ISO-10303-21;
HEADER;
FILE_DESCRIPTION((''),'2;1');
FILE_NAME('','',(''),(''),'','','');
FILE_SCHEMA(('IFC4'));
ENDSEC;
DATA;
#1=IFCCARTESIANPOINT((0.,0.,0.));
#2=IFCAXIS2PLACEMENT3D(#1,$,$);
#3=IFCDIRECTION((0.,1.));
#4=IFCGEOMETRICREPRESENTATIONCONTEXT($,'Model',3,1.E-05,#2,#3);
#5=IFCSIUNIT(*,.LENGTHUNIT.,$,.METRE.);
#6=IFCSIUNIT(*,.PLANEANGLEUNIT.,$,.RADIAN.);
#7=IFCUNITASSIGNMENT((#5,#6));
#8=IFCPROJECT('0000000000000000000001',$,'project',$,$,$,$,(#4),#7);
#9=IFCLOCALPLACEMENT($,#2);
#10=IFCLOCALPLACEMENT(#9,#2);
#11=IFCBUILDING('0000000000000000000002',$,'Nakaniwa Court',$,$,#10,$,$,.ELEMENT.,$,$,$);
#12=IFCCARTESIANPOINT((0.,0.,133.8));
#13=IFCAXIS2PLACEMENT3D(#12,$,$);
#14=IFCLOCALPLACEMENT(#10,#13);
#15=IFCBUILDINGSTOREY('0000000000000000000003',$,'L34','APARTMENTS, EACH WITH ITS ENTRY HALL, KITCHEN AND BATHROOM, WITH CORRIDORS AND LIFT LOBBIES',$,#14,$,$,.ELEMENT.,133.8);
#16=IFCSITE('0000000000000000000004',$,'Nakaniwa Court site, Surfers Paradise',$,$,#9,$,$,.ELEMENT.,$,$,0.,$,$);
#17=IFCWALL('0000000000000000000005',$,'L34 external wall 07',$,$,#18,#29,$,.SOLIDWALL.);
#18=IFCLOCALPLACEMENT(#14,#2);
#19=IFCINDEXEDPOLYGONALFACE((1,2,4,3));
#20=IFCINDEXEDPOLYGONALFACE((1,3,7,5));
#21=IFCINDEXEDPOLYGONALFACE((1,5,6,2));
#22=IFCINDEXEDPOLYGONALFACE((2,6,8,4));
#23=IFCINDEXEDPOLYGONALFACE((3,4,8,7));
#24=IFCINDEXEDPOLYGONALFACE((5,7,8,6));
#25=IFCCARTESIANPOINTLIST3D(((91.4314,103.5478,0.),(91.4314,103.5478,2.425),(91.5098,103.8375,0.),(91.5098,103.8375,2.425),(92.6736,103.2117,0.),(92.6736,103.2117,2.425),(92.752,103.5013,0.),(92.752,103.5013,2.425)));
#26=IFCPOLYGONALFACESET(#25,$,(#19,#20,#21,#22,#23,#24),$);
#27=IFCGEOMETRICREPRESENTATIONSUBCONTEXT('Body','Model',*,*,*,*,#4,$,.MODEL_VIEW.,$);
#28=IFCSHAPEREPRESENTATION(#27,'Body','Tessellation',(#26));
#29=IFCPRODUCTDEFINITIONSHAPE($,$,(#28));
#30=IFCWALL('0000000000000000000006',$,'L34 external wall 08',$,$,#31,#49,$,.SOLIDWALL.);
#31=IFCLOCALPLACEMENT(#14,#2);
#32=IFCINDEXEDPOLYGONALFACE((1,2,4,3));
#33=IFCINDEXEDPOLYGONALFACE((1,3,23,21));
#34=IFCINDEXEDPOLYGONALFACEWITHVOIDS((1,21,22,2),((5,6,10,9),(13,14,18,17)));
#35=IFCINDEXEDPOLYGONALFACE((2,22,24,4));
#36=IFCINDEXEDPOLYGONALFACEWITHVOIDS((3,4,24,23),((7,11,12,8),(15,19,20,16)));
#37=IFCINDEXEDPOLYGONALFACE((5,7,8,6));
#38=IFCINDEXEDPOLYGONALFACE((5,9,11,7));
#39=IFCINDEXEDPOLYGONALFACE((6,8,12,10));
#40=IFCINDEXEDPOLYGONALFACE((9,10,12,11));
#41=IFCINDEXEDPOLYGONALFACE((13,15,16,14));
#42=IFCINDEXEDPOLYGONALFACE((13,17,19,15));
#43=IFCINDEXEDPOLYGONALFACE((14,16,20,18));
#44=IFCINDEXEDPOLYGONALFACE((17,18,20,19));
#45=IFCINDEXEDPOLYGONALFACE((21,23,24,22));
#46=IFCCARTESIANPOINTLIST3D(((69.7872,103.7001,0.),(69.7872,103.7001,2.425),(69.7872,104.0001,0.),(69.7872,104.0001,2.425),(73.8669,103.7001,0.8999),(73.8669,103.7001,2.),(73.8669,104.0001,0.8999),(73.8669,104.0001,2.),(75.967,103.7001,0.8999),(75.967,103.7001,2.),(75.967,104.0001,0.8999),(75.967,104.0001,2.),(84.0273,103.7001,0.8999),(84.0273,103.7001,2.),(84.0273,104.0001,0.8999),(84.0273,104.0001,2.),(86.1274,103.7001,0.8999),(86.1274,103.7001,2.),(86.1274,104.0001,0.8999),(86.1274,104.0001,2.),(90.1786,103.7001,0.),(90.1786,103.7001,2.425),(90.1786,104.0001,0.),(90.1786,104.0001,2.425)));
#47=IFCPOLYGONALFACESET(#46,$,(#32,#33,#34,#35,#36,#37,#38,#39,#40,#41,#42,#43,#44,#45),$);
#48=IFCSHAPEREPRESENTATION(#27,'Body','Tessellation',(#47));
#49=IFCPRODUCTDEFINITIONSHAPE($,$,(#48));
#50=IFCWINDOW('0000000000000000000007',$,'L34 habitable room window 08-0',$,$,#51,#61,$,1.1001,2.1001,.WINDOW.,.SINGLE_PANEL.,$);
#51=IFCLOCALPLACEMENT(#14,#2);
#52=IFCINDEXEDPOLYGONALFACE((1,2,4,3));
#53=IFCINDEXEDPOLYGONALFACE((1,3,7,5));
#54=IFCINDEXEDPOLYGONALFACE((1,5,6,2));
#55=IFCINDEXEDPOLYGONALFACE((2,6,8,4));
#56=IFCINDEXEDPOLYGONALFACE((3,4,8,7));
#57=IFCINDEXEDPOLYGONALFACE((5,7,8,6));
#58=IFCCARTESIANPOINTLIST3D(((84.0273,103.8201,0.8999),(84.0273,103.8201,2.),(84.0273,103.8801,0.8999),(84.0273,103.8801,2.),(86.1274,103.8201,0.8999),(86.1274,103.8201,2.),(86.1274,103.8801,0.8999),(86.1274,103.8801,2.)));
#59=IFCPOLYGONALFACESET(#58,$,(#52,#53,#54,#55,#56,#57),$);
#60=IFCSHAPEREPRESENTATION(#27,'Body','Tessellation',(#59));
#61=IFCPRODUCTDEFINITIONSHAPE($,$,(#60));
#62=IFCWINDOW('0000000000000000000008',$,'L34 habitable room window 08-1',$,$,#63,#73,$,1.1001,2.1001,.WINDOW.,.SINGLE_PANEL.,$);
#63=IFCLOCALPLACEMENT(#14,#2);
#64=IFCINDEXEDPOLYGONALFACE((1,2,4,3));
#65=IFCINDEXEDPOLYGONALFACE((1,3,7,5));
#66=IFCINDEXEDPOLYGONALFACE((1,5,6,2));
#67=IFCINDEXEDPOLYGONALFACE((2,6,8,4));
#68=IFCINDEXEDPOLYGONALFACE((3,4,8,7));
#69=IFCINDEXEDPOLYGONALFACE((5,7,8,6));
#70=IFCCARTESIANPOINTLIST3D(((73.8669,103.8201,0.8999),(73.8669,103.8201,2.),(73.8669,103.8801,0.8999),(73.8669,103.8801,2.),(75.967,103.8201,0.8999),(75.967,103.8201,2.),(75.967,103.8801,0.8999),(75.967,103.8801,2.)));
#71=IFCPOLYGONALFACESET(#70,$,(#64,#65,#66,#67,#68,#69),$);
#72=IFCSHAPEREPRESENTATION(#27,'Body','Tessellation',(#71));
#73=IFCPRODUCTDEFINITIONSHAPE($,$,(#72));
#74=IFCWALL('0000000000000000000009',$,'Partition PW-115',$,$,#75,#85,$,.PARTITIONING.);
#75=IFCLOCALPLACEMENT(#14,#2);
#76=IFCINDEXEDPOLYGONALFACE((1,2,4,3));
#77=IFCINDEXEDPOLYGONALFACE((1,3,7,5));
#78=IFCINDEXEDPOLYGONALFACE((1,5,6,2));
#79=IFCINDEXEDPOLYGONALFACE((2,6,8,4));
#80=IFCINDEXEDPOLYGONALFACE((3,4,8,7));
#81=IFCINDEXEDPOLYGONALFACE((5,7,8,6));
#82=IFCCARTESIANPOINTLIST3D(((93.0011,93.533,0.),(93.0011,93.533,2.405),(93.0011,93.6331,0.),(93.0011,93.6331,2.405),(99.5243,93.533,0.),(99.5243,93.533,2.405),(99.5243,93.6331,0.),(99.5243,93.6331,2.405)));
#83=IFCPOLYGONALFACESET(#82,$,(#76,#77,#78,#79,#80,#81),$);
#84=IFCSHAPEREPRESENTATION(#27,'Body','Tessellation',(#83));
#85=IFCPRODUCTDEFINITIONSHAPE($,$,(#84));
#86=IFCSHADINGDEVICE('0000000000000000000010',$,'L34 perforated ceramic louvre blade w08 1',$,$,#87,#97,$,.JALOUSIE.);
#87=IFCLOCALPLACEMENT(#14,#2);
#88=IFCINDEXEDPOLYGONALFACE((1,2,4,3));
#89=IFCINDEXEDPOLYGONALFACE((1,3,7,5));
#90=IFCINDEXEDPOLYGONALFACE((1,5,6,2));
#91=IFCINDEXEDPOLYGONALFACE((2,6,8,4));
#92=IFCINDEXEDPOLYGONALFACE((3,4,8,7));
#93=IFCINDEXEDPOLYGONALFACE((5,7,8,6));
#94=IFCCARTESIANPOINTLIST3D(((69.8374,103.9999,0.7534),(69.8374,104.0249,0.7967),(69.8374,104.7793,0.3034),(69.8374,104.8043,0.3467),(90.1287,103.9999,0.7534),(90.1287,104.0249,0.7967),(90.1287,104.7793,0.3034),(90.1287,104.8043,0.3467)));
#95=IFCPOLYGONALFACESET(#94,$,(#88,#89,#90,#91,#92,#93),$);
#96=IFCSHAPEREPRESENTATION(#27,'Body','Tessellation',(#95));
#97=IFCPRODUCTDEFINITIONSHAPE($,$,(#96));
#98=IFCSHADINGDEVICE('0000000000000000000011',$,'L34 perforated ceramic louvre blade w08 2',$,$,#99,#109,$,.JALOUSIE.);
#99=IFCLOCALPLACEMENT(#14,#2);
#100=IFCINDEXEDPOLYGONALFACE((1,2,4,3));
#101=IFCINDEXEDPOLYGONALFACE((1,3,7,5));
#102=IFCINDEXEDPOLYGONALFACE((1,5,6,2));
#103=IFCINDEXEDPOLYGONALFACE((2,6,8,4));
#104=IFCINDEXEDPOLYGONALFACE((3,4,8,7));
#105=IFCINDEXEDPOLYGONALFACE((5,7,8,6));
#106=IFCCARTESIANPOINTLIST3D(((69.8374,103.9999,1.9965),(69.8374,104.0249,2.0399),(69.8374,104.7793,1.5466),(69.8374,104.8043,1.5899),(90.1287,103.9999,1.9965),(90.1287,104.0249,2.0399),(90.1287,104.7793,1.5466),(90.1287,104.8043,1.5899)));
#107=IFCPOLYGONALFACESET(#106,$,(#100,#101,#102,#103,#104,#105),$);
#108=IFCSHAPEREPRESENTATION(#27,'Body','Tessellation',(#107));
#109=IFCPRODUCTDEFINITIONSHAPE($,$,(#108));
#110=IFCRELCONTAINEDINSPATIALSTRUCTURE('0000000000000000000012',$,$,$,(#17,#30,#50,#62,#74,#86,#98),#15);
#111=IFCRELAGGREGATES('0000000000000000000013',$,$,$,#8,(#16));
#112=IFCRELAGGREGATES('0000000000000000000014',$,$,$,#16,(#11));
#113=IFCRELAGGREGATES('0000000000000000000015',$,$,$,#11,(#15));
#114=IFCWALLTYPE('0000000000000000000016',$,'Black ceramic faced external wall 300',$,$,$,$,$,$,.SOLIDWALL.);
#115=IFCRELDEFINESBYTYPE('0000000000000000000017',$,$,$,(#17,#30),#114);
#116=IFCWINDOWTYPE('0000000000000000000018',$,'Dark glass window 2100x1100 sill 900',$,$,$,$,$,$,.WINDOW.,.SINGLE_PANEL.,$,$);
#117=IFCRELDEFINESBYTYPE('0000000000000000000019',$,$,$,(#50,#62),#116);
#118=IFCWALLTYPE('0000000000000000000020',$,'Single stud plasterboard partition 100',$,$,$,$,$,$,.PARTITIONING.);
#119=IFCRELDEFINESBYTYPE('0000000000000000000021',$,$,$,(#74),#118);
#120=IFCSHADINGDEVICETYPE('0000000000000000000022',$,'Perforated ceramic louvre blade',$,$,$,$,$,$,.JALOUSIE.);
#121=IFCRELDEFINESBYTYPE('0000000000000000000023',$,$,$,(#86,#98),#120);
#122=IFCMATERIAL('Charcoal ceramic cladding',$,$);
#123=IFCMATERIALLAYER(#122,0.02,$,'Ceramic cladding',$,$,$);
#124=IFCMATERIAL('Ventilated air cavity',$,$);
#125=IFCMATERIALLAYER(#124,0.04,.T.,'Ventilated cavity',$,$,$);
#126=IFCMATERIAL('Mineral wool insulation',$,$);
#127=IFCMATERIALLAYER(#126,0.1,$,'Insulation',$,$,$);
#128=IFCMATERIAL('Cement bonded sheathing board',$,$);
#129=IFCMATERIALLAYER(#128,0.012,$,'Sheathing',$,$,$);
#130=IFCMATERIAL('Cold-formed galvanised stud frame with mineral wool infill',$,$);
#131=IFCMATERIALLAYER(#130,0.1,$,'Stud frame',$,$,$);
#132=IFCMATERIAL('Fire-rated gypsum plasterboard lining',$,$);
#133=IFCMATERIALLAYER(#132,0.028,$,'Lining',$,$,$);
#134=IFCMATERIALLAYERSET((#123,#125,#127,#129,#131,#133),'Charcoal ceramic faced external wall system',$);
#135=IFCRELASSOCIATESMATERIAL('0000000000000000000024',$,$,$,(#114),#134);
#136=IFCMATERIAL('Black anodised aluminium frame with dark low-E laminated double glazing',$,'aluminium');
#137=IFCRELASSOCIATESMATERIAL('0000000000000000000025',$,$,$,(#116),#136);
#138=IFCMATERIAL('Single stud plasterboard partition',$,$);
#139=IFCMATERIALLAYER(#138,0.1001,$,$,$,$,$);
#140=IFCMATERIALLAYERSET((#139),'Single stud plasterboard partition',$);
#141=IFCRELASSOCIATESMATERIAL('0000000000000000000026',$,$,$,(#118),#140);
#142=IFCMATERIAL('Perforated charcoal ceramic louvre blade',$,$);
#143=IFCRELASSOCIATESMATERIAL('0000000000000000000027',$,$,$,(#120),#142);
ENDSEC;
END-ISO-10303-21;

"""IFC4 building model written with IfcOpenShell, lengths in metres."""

from ifc_helpers import new_model, si_unit, direction, frame, frame_2d, origin, origin_2d, place, context, subcontext, project, spatial, rectangle, extrude, material, layer, layer_set, material_profile, profile_set, type_object, element, fill, save


model = new_model("IFC4")

# Units and contexts
model_context = context("Model", 3, precision=1e-05, world=origin(), true_north=direction((0.0, 1.0)))
body_context = subcontext(model_context, "Body", "Model", "MODEL_VIEW")
ifc_project = project(units=[si_unit("LENGTHUNIT", "METRE"), si_unit("PLANEANGLEUNIT", "RADIAN")], contexts=[model_context])

# Site, building, storey
site_placement = place(None, origin())
site = spatial("IfcSite", under=ifc_project, at=site_placement, Name="Nakaniwa Court site, Surfers Paradise", CompositionType="ELEMENT", RefElevation=0.0)
building_placement = place(site_placement, origin())
building = spatial("IfcBuilding", under=site, at=building_placement, Name="Nakaniwa Court", CompositionType="ELEMENT")
storey_placement = place(building_placement, frame((0.0, 0.0, 133.8)))
storey = spatial("IfcBuildingStorey", under=building, at=storey_placement, Name="L34", Description="APARTMENTS, EACH WITH ITS ENTRY HALL, KITCHEN AND BATHROOM, WITH CORRIDORS AND LIFT LOBBIES", CompositionType="ELEMENT", Elevation=133.8)

# Shared definitions
ifc_material_1 = material(Name="Charcoal ceramic cladding")
ifc_layer_1 = layer(ifc_material_1, 0.02, Name="Ceramic cladding")
ifc_material_2 = material(Name="Ventilated air cavity")
ifc_layer_2 = layer(ifc_material_2, 0.04, ventilated=True, Name="Ventilated cavity")
ifc_material_3 = material(Name="Mineral wool insulation")
ifc_layer_3 = layer(ifc_material_3, 0.1, Name="Insulation")
ifc_material_4 = material(Name="Cement bonded sheathing board")
ifc_layer_4 = layer(ifc_material_4, 0.012, Name="Sheathing")
ifc_material_5 = material(Name="Cold-formed galvanised stud frame with mineral wool infill")
ifc_layer_5 = layer(ifc_material_5, 0.1, Name="Stud frame")
ifc_material_6 = material(Name="Fire-rated gypsum plasterboard lining")
ifc_layer_6 = layer(ifc_material_6, 0.028, Name="Lining")
ifc_layer_set_1 = layer_set([ifc_layer_1, ifc_layer_2, ifc_layer_3, ifc_layer_4, ifc_layer_5, ifc_layer_6], Name="Charcoal ceramic faced external wall system")
wall_type_1 = type_object("IfcWallType", Name="Black ceramic faced external wall 300", PredefinedType="SOLIDWALL", material=ifc_layer_set_1)
ifc_material_7 = material(Name="Black anodised aluminium frame with dark low-E laminated double glazing", Category="aluminium")
window_type_1 = type_object("IfcWindowType", Name="Dark glass window 2100x1100 sill 900", PartitioningType="SINGLE_PANEL", PredefinedType="WINDOW", material=ifc_material_7)

# Wall
wall_1_placement = place(storey_placement, frame((92.7129, 103.3564, 0.0), z_axis=(0.0, 0.0, 1.0), x_axis=(-0.965274, 0.261239, 0.0)))
element("IfcWall", 1, at=wall_1_placement, inside=storey, type_object=wall_type_1, Name="L34 external wall 07", PredefinedType="SOLIDWALL", context=body_context, shape_type="SweptSolid", body=[
    extrude(rectangle(XDim=1.2869, YDim=0.3, at=frame_2d((0.6436, 0.0))), origin(), (0.0, 0.0, 1.0), 2.425),
])

# Wall, openings, windows
wall_2_placement = place(storey_placement, frame((90.1787, 103.8501, 0.0), z_axis=(0.0, 0.0, 1.0), x_axis=(-1.0, 0.0, 0.0)))
wall_2 = element("IfcWall", 2, at=wall_2_placement, inside=storey, type_object=wall_type_1, Name="L34 external wall 08", PredefinedType="SOLIDWALL", context=body_context, shape_type="SweptSolid", body=[
    extrude(rectangle(XDim=20.3914, YDim=0.3, at=frame_2d((10.1958, 0.0))), origin(), (0.0, 0.0, 1.0), 2.425),
])
opening_1_placement = place(wall_2_placement, frame((4.0513, 0.0, 0.8999)))
opening_1 = element("IfcOpeningElement", 3, at=opening_1_placement, cuts=wall_2, PredefinedType="OPENING", context=body_context, shape_type="SweptSolid", body=[
    extrude(rectangle(XDim=2.1001, YDim=1.1001, at=frame_2d((1.05, 0.55))), frame((0.0, 0.1599, 0.0), z_axis=(0.0, -1.0, 0.0), x_axis=(1.0, 0.0, 0.0)), (0.0, 0.0, 1.0), 0.3201),
])
opening_2_placement = place(wall_2_placement, frame((14.2117, 0.0, 0.8999)))
opening_2 = element("IfcOpeningElement", 4, at=opening_2_placement, cuts=wall_2, PredefinedType="OPENING", context=body_context, shape_type="SweptSolid", body=[
    extrude(rectangle(XDim=2.1001, YDim=1.1001, at=frame_2d((1.05, 0.55))), frame((0.0, 0.1599, 0.0), z_axis=(0.0, -1.0, 0.0), x_axis=(1.0, 0.0, 0.0)), (0.0, 0.0, 1.0), 0.3201),
])
window_1_placement = place(opening_1_placement, origin())
window_1 = element("IfcWindow", 5, at=window_1_placement, inside=storey, type_object=window_type_1, Name="L34 habitable room window 08-0", OverallHeight=1.1001, OverallWidth=2.1001, PartitioningType="SINGLE_PANEL", PredefinedType="WINDOW", context=body_context, shape_type="SweptSolid", body=[
    extrude(rectangle(XDim=2.1001, YDim=1.1001, at=frame_2d((1.05, 0.55))), frame((0.0, 0.03, 0.0), z_axis=(0.0, -1.0, 0.0), x_axis=(1.0, 0.0, 0.0)), (0.0, 0.0, 1.0), 0.0601),
])
fill(opening_1, window_1)
window_2_placement = place(opening_2_placement, origin())
window_2 = element("IfcWindow", 6, at=window_2_placement, inside=storey, type_object=window_type_1, Name="L34 habitable room window 08-1", OverallHeight=1.1001, OverallWidth=2.1001, PartitioningType="SINGLE_PANEL", PredefinedType="WINDOW", context=body_context, shape_type="SweptSolid", body=[
    extrude(rectangle(XDim=2.1001, YDim=1.1001, at=frame_2d((1.05, 0.55))), frame((0.0, 0.03, 0.0), z_axis=(0.0, -1.0, 0.0), x_axis=(1.0, 0.0, 0.0)), (0.0, 0.0, 1.0), 0.0601),
])
fill(opening_2, window_2)

# Wall
ifc_material_8 = material(Name="Single stud plasterboard partition")
ifc_layer_7 = layer(ifc_material_8, 0.1001)
ifc_layer_set_2 = layer_set([ifc_layer_7], Name="Single stud plasterboard partition")
wall_type_2 = type_object("IfcWallType", Name="Single stud plasterboard partition 100", PredefinedType="PARTITIONING", material=ifc_layer_set_2)
wall_3_placement = place(storey_placement, frame((93.001, 93.583, 0.0), z_axis=(0.0, 0.0, 1.0), x_axis=(1.0, 0.0, 0.0)))
element("IfcWall", 7, at=wall_3_placement, inside=storey, type_object=wall_type_2, Name="Partition PW-115", PredefinedType="PARTITIONING", context=body_context, shape_type="SweptSolid", body=[
    extrude(rectangle(XDim=6.5232, YDim=0.1001, at=frame_2d((3.2617, 0.0))), origin(), (0.0, 0.0, 1.0), 2.405),
])

# Shading devices
ifc_material_9 = material(Name="Perforated charcoal ceramic louvre blade")
ifc_material_profile_1 = material_profile(ifc_material_9, rectangle(XDim=0.8999, YDim=0.05, at=origin_2d()), Name="Perforated ceramic louvre blade")
ifc_profile_set_1 = profile_set([ifc_material_profile_1], Name="Perforated charcoal ceramic louvre blade")
shading_device_type = type_object("IfcShadingDeviceType", Name="Perforated ceramic louvre blade", PredefinedType="JALOUSIE", material=ifc_profile_set_1)
for number, where, z_axis, x_axis, name in (
    (8, (90.1287, 104.4021, 0.55), (-1.0, 0.0, 0.0), (0.0, -0.866025, 0.5), "L34 perforated ceramic louvre blade w08 1"),
    (9, (90.1287, 104.4021, 1.7932), (-1.0, 0.0, 0.0), (0.0, -0.866025, 0.5), "L34 perforated ceramic louvre blade w08 2"),
):
    element("IfcShadingDevice", number, at=place(storey_placement, frame(where, z_axis=z_axis, x_axis=x_axis)), inside=storey, type_object=shading_device_type, Name=name, PredefinedType="JALOUSIE", context=body_context, shape_type="SweptSolid", body=[
        extrude(rectangle(XDim=0.8999, YDim=0.05, at=origin_2d()), origin(), (0.0, 0.0, 1.0), 20.2913),
    ])

save(model, "model.ifc")
